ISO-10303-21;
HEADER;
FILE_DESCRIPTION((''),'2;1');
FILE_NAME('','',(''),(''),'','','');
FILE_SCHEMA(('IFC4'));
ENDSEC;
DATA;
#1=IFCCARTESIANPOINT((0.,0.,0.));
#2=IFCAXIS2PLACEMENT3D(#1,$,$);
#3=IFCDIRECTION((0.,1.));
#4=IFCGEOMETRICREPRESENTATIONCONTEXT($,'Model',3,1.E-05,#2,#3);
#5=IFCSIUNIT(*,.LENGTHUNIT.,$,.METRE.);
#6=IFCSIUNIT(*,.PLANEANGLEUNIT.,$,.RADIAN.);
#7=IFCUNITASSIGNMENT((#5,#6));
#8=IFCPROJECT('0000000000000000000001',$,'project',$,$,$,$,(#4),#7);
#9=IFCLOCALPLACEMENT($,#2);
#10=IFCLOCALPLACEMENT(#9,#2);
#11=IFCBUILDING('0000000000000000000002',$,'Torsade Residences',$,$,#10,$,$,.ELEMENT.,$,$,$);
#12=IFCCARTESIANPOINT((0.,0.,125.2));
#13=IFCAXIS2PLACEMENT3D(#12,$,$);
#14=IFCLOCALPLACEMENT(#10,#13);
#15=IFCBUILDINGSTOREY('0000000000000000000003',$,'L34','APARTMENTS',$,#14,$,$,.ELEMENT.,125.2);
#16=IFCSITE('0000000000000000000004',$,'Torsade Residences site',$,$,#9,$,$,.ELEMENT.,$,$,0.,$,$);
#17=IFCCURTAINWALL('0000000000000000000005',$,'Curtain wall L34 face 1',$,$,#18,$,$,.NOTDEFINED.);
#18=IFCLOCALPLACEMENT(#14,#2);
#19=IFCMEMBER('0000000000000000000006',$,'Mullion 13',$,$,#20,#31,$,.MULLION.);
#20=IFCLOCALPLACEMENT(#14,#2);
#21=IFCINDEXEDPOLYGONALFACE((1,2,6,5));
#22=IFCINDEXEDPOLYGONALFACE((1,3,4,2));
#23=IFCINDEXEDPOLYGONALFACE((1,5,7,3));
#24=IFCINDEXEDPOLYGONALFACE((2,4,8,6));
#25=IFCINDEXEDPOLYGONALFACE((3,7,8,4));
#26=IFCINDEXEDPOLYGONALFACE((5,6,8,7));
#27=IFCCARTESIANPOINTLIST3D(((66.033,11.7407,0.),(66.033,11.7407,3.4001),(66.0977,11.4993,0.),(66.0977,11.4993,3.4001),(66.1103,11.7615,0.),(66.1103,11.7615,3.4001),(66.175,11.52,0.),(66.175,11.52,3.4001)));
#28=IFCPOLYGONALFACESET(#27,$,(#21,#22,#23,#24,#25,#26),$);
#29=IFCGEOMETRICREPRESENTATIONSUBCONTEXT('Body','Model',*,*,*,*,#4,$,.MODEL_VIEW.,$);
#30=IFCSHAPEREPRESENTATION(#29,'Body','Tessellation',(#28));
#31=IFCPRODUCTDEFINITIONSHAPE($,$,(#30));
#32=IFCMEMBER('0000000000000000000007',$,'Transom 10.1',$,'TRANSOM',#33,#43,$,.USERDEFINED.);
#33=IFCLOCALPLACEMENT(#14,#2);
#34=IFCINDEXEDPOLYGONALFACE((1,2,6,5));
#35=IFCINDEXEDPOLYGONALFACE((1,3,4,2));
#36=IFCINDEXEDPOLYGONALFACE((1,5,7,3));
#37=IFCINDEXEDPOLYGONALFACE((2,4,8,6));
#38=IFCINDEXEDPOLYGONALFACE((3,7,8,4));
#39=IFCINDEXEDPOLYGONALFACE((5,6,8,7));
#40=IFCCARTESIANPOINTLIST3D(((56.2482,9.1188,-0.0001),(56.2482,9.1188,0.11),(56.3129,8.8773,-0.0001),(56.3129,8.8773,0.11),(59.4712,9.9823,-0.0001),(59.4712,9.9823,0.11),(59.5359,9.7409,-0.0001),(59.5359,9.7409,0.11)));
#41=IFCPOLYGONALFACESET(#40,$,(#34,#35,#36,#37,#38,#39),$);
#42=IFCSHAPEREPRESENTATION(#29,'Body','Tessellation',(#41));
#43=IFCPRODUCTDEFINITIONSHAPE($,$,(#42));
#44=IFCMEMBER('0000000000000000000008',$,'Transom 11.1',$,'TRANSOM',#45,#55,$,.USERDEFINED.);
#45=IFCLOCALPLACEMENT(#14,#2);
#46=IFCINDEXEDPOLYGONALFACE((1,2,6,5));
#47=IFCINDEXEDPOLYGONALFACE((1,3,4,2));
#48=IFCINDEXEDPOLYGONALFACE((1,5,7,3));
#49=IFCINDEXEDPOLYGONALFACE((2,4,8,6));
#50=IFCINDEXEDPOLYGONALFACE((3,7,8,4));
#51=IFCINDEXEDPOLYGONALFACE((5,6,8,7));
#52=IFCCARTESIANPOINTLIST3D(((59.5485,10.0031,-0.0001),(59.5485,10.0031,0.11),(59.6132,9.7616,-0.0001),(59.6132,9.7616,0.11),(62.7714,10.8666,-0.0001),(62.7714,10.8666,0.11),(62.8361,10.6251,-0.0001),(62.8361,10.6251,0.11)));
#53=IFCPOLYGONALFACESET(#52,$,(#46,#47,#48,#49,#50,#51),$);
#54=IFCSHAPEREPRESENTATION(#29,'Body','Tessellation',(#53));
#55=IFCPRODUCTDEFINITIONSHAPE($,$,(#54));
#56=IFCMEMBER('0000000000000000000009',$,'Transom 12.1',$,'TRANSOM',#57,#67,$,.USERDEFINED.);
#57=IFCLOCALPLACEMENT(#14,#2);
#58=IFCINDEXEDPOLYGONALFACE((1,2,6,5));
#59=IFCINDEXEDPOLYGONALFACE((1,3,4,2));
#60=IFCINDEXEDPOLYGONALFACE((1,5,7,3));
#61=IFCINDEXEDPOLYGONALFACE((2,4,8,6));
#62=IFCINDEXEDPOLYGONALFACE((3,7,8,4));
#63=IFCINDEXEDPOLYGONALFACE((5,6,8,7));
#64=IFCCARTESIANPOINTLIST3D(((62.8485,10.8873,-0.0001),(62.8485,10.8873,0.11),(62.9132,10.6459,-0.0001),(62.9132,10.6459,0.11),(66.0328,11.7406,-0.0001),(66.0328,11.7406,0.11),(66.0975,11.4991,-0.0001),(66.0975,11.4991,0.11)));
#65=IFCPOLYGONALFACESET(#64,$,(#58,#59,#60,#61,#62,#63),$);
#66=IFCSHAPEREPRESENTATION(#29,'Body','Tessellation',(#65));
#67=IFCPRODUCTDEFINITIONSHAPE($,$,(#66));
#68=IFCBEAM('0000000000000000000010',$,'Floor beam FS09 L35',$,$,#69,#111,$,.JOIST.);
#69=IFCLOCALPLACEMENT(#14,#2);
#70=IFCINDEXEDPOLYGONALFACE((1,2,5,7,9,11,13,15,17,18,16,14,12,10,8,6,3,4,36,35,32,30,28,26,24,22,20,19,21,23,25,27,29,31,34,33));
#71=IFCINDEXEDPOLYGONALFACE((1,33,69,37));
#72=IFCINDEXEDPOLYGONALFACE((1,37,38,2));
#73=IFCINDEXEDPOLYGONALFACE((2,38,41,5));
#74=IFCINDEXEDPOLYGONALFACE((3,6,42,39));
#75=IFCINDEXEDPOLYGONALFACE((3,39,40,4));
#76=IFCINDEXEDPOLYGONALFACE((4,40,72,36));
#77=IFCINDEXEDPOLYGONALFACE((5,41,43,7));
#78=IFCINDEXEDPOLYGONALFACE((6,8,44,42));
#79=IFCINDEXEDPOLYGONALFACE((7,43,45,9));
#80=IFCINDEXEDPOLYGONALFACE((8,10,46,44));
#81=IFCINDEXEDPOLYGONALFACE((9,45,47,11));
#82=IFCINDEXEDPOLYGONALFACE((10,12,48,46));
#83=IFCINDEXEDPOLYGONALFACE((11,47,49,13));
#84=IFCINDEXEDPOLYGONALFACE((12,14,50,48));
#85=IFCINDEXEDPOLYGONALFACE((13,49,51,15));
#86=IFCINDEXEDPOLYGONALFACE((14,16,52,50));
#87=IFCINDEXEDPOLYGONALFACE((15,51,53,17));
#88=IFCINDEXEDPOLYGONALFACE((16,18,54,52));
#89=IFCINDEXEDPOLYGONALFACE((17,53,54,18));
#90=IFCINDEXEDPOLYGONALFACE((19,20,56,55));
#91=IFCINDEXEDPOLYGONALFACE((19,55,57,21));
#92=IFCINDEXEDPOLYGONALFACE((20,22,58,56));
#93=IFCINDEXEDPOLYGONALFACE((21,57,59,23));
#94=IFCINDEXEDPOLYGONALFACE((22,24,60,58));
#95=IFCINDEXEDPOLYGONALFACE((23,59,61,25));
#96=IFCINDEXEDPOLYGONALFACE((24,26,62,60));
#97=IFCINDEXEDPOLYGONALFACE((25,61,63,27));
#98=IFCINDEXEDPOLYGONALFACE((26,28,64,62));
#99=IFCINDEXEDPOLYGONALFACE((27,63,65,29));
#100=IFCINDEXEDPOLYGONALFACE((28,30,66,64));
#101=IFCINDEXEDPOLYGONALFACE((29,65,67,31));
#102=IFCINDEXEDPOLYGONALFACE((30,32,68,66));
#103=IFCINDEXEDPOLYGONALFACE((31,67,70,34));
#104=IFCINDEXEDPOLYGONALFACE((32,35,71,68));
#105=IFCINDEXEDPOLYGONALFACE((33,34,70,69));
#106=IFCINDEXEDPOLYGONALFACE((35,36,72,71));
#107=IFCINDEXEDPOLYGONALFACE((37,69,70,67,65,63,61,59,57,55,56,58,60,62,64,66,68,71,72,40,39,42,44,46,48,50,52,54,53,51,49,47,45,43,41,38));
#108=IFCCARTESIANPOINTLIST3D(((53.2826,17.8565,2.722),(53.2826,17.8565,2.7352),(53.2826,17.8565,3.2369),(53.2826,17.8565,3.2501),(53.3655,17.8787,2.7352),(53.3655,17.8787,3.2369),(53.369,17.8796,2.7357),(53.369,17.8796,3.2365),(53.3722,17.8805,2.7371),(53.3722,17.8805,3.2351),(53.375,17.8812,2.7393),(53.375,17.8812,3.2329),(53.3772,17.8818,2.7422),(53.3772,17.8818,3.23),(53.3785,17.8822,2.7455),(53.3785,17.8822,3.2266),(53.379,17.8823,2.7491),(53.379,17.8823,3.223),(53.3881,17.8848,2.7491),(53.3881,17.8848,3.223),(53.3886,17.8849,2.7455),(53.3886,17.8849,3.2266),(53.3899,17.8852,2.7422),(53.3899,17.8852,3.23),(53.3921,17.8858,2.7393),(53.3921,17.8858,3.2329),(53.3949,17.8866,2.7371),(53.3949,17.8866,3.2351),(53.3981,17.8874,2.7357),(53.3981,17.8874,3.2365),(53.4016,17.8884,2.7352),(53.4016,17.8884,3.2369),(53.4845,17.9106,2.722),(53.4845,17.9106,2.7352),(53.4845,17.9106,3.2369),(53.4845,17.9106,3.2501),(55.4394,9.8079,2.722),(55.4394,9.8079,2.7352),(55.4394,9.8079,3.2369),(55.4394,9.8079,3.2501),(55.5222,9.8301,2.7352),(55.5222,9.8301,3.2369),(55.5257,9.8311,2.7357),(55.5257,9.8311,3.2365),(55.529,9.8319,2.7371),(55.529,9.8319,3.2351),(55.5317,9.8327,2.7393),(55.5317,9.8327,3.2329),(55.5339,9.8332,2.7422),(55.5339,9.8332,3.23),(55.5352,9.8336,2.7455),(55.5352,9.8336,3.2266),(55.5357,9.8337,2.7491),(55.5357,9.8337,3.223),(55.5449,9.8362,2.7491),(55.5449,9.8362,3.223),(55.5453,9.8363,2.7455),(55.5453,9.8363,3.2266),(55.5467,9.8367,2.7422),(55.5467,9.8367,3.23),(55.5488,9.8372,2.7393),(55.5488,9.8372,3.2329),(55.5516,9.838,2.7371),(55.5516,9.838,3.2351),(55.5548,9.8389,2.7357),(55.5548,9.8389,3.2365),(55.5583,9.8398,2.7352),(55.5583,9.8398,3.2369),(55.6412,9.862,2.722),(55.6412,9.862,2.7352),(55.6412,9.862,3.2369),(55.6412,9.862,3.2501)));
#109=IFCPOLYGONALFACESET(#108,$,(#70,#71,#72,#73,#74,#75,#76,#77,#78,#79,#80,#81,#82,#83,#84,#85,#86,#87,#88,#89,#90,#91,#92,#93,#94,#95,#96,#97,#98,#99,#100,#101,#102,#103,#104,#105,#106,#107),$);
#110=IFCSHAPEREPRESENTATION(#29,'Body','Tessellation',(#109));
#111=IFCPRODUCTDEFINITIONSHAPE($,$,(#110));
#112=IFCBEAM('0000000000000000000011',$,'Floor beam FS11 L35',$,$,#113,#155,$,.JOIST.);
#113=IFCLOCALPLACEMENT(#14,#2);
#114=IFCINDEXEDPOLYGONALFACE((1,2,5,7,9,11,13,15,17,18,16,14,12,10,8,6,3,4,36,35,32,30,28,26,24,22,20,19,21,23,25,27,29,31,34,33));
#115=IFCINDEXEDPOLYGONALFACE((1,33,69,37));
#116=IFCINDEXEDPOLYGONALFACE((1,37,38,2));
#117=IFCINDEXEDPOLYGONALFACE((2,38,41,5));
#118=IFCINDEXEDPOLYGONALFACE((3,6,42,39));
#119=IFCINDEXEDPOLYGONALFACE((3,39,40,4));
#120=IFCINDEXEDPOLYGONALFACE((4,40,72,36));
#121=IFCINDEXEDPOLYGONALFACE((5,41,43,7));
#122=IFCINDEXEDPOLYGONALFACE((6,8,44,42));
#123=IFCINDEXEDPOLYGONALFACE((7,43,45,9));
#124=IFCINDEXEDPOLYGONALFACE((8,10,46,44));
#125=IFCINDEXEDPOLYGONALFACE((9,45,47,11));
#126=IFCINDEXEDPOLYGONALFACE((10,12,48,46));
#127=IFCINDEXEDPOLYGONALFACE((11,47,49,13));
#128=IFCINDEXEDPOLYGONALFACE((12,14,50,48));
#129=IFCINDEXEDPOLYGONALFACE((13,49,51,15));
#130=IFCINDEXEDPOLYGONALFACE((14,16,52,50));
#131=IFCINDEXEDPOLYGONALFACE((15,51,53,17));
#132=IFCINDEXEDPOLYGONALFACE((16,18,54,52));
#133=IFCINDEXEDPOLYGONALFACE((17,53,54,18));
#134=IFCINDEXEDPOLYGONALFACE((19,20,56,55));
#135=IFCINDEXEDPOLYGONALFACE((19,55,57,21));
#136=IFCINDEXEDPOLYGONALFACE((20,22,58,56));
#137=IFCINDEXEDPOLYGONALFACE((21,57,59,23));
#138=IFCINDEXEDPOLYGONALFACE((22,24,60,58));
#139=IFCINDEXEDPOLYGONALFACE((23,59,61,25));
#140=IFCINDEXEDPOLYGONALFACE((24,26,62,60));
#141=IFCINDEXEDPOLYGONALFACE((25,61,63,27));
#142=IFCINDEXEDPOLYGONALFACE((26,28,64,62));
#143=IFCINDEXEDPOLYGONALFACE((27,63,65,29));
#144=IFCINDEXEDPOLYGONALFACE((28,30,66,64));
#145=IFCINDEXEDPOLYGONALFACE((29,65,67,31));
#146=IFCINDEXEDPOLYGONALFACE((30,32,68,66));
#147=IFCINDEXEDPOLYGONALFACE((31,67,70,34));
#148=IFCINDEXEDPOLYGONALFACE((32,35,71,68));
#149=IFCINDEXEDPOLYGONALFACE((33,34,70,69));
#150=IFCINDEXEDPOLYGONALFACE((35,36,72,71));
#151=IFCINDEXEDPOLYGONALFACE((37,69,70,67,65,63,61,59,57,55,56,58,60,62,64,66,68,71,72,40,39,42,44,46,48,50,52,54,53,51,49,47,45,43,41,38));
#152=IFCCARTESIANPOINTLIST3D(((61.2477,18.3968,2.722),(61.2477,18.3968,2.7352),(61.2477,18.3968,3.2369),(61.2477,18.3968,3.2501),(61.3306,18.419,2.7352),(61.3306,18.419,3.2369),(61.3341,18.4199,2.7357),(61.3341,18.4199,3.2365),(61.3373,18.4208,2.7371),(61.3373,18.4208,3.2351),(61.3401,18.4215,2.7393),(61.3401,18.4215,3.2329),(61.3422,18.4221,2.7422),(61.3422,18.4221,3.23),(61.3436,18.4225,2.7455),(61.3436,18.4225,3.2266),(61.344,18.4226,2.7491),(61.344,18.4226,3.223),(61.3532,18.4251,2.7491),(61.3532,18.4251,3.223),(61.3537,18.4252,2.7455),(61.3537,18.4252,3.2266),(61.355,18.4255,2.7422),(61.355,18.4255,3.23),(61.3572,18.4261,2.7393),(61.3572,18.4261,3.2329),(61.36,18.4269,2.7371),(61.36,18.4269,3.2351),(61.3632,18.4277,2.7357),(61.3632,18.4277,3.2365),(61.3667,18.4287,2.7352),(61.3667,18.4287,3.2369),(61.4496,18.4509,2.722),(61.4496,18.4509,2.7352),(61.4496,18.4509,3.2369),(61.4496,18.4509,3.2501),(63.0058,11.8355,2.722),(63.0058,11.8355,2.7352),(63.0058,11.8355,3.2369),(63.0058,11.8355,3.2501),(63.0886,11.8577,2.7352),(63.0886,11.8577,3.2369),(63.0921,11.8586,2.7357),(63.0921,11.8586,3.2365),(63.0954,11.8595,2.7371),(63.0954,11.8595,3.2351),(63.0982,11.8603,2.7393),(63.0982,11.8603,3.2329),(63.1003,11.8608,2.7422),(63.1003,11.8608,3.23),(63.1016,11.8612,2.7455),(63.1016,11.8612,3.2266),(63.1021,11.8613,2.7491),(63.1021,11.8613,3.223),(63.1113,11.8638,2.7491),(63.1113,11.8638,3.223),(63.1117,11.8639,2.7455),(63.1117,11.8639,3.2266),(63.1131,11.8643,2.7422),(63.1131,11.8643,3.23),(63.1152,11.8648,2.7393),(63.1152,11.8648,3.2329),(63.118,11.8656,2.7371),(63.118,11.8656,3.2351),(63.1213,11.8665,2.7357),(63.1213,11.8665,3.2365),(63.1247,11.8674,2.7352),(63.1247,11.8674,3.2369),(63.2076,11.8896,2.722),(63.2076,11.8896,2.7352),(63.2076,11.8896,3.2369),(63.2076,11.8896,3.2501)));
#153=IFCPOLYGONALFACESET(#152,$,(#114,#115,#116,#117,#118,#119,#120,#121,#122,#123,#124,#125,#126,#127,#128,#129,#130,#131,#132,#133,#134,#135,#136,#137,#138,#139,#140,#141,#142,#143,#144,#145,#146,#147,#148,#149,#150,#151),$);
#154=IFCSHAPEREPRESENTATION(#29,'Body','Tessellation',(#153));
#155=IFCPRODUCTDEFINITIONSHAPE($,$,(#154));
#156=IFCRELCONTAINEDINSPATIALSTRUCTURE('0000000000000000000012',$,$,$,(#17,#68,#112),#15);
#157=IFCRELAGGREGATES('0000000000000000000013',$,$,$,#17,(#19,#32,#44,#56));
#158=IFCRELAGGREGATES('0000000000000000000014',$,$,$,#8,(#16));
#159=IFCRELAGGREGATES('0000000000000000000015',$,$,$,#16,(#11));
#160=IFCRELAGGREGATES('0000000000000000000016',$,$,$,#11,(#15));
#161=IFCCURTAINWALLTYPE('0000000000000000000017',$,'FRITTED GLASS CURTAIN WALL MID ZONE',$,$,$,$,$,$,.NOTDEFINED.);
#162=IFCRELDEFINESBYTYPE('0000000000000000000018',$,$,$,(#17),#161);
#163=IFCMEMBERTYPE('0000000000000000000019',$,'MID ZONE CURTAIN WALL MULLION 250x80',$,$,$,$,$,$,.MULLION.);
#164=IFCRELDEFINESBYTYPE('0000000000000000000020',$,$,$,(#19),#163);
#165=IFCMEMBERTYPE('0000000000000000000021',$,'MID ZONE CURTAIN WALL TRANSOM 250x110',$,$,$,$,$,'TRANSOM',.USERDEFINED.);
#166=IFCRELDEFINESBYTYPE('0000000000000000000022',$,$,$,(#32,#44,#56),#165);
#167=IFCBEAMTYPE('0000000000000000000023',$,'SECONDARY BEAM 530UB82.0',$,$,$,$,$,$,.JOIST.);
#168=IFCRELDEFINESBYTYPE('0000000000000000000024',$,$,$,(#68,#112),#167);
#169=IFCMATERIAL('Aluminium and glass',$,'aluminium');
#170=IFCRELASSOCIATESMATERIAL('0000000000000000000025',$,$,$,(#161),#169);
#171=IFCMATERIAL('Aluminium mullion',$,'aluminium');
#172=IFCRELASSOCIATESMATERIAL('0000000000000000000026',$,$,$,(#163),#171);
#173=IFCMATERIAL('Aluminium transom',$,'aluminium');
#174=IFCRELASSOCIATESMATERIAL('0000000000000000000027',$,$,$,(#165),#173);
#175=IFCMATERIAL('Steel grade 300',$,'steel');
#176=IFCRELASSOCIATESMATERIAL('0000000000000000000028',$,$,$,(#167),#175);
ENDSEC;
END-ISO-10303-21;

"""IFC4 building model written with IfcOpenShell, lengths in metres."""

from ifc_helpers import new_model, si_unit, direction, frame, origin, origin_2d, place, context, subcontext, project, spatial, rectangle, i_section, extrude, material, material_profile, profile_set, type_object, element, aggregate, save


model = new_model("IFC4")

# Units and contexts
model_context = context("Model", 3, precision=1e-05, world=origin(), true_north=direction((0.0, 1.0)))
body_context = subcontext(model_context, "Body", "Model", "MODEL_VIEW")
ifc_project = project(units=[si_unit("LENGTHUNIT", "METRE"), si_unit("PLANEANGLEUNIT", "RADIAN")], contexts=[model_context])

# Site, building, storey
site_placement = place(None, origin())
site = spatial("IfcSite", under=ifc_project, at=site_placement, Name="Torsade Residences site", CompositionType="ELEMENT", RefElevation=0.0)
building_placement = place(site_placement, origin())
building = spatial("IfcBuilding", under=site, at=building_placement, Name="Torsade Residences", CompositionType="ELEMENT")
storey_placement = place(building_placement, frame((0.0, 0.0, 125.2)))
storey = spatial("IfcBuildingStorey", under=building, at=storey_placement, Name="L34", Description="APARTMENTS", CompositionType="ELEMENT", Elevation=125.2)

# Curtain wall, members
ifc_material_1 = material(Name="Aluminium and glass", Category="aluminium")
curtain_wall_type = type_object("IfcCurtainWallType", Name="FRITTED GLASS CURTAIN WALL MID ZONE", PredefinedType="NOTDEFINED", material=ifc_material_1)
curtain_wall_placement = place(storey_placement, origin())
curtain_wall = element("IfcCurtainWall", 1, at=curtain_wall_placement, inside=storey, type_object=curtain_wall_type, Name="Curtain wall L34 face 1", PredefinedType="NOTDEFINED")
ifc_material_2 = material(Name="Aluminium mullion", Category="aluminium")
ifc_material_profile_1 = material_profile(ifc_material_2, rectangle(XDim=0.25, YDim=0.0801, at=origin_2d()), Name="MID ZONE CURTAIN WALL MULLION 250x80")
ifc_profile_set_1 = profile_set([ifc_material_profile_1], Name="Aluminium mullion")
member_type_1 = type_object("IfcMemberType", Name="MID ZONE CURTAIN WALL MULLION 250x80", PredefinedType="MULLION", material=ifc_profile_set_1)
member_1_placement = place(storey_placement, frame((66.104, 11.6304, 0.0), z_axis=(0.0, 0.0, 1.0), x_axis=(-0.258819, 0.965926, 0.0)))
member_1 = element("IfcMember", 2, at=member_1_placement, type_object=member_type_1, Name="Mullion 13", PredefinedType="MULLION", context=body_context, shape_type="SweptSolid", body=[
    extrude(rectangle(XDim=0.25, YDim=0.0801, at=origin_2d()), origin(), (0.0, 0.0, 1.0), 3.4001),
])
ifc_material_3 = material(Name="Aluminium transom", Category="aluminium")
ifc_material_profile_2 = material_profile(ifc_material_3, rectangle(XDim=0.25, YDim=0.1101, at=origin_2d()), Name="MID ZONE CURTAIN WALL TRANSOM 250x110")
ifc_profile_set_2 = profile_set([ifc_material_profile_2], Name="Aluminium transom")
member_type_2 = type_object("IfcMemberType", Name="MID ZONE CURTAIN WALL TRANSOM 250x110", ElementType="TRANSOM", PredefinedType="USERDEFINED", material=ifc_profile_set_2)
member_2_placement = place(storey_placement, frame((56.2805, 8.998, 0.0549), z_axis=(0.965929, 0.258806, 0.0), x_axis=(-0.258806, 0.965929, 0.0)))
member_2 = element("IfcMember", 3, at=member_2_placement, type_object=member_type_2, Name="Transom 10.1", ObjectType="TRANSOM", PredefinedType="USERDEFINED", context=body_context, shape_type="SweptSolid", body=[
    extrude(rectangle(XDim=0.25, YDim=0.1101, at=origin_2d()), origin(), (0.0, 0.0, 1.0), 3.3367),
])
member_3_placement = place(storey_placement, frame((59.5808, 9.8823, 0.0549), z_axis=(0.965929, 0.258806, 0.0), x_axis=(-0.258806, 0.965929, 0.0)))
member_3 = element("IfcMember", 4, at=member_3_placement, type_object=member_type_2, Name="Transom 11.1", ObjectType="TRANSOM", PredefinedType="USERDEFINED", context=body_context, shape_type="SweptSolid", body=[
    extrude(rectangle(XDim=0.25, YDim=0.1101, at=origin_2d()), origin(), (0.0, 0.0, 1.0), 3.3367),
])
member_4_placement = place(storey_placement, frame((62.8809, 10.7666, 0.0549), z_axis=(0.965923, 0.258829, 0.0), x_axis=(-0.258829, 0.965923, 0.0)))
member_4 = element("IfcMember", 5, at=member_4_placement, type_object=member_type_2, Name="Transom 12.1", ObjectType="TRANSOM", PredefinedType="USERDEFINED", context=body_context, shape_type="SweptSolid", body=[
    extrude(rectangle(XDim=0.25, YDim=0.1101, at=origin_2d()), origin(), (0.0, 0.0, 1.0), 3.2966),
])

# Beams
ifc_material_4 = material(Name="Steel grade 300", Category="steel")
ifc_material_profile_3 = material_profile(ifc_material_4, i_section(OverallWidth=0.209, OverallDepth=0.5281, WebThickness=0.0095, FlangeThickness=0.0132, FilletRadius=0.0139, at=origin_2d()), Name="530UB82.0")
ifc_profile_set_3 = profile_set([ifc_material_profile_3], Name="Steel grade 300")
beam_type_1 = type_object("IfcBeamType", Name="SECONDARY BEAM 530UB82.0", PredefinedType="JOIST", material=ifc_profile_set_3)
beam_1_placement = place(storey_placement, frame((55.5403, 9.835, 2.9861), z_axis=(-0.258833, 0.965922, 0.0), x_axis=(-0.965922, -0.258833, 0.0)))
element("IfcBeam", 6, at=beam_1_placement, inside=storey, type_object=beam_type_1, Name="Floor beam FS09 L35", PredefinedType="JOIST", context=body_context, shape_type="SweptSolid", body=[
    extrude(i_section(OverallWidth=0.209, OverallDepth=0.5281, WebThickness=0.0095, FlangeThickness=0.0132, FilletRadius=0.0139, at=origin_2d()), origin(), (0.0, 0.0, 1.0), 8.3325),
])
beam_2_placement = place(storey_placement, frame((63.1067, 11.8625, 2.9861), z_axis=(-0.258815, 0.965927, 0.0), x_axis=(-0.965927, -0.258815, 0.0)))
element("IfcBeam", 7, at=beam_2_placement, inside=storey, type_object=beam_type_1, Name="Floor beam FS11 L35", PredefinedType="JOIST", context=body_context, shape_type="SweptSolid", body=[
    extrude(i_section(OverallWidth=0.209, OverallDepth=0.5281, WebThickness=0.0095, FlangeThickness=0.0132, FilletRadius=0.0139, at=origin_2d()), origin(), (0.0, 0.0, 1.0), 6.7927),
])

aggregate(curtain_wall, [member_1, member_2, member_3, member_4])

save(model, "model.ifc")
